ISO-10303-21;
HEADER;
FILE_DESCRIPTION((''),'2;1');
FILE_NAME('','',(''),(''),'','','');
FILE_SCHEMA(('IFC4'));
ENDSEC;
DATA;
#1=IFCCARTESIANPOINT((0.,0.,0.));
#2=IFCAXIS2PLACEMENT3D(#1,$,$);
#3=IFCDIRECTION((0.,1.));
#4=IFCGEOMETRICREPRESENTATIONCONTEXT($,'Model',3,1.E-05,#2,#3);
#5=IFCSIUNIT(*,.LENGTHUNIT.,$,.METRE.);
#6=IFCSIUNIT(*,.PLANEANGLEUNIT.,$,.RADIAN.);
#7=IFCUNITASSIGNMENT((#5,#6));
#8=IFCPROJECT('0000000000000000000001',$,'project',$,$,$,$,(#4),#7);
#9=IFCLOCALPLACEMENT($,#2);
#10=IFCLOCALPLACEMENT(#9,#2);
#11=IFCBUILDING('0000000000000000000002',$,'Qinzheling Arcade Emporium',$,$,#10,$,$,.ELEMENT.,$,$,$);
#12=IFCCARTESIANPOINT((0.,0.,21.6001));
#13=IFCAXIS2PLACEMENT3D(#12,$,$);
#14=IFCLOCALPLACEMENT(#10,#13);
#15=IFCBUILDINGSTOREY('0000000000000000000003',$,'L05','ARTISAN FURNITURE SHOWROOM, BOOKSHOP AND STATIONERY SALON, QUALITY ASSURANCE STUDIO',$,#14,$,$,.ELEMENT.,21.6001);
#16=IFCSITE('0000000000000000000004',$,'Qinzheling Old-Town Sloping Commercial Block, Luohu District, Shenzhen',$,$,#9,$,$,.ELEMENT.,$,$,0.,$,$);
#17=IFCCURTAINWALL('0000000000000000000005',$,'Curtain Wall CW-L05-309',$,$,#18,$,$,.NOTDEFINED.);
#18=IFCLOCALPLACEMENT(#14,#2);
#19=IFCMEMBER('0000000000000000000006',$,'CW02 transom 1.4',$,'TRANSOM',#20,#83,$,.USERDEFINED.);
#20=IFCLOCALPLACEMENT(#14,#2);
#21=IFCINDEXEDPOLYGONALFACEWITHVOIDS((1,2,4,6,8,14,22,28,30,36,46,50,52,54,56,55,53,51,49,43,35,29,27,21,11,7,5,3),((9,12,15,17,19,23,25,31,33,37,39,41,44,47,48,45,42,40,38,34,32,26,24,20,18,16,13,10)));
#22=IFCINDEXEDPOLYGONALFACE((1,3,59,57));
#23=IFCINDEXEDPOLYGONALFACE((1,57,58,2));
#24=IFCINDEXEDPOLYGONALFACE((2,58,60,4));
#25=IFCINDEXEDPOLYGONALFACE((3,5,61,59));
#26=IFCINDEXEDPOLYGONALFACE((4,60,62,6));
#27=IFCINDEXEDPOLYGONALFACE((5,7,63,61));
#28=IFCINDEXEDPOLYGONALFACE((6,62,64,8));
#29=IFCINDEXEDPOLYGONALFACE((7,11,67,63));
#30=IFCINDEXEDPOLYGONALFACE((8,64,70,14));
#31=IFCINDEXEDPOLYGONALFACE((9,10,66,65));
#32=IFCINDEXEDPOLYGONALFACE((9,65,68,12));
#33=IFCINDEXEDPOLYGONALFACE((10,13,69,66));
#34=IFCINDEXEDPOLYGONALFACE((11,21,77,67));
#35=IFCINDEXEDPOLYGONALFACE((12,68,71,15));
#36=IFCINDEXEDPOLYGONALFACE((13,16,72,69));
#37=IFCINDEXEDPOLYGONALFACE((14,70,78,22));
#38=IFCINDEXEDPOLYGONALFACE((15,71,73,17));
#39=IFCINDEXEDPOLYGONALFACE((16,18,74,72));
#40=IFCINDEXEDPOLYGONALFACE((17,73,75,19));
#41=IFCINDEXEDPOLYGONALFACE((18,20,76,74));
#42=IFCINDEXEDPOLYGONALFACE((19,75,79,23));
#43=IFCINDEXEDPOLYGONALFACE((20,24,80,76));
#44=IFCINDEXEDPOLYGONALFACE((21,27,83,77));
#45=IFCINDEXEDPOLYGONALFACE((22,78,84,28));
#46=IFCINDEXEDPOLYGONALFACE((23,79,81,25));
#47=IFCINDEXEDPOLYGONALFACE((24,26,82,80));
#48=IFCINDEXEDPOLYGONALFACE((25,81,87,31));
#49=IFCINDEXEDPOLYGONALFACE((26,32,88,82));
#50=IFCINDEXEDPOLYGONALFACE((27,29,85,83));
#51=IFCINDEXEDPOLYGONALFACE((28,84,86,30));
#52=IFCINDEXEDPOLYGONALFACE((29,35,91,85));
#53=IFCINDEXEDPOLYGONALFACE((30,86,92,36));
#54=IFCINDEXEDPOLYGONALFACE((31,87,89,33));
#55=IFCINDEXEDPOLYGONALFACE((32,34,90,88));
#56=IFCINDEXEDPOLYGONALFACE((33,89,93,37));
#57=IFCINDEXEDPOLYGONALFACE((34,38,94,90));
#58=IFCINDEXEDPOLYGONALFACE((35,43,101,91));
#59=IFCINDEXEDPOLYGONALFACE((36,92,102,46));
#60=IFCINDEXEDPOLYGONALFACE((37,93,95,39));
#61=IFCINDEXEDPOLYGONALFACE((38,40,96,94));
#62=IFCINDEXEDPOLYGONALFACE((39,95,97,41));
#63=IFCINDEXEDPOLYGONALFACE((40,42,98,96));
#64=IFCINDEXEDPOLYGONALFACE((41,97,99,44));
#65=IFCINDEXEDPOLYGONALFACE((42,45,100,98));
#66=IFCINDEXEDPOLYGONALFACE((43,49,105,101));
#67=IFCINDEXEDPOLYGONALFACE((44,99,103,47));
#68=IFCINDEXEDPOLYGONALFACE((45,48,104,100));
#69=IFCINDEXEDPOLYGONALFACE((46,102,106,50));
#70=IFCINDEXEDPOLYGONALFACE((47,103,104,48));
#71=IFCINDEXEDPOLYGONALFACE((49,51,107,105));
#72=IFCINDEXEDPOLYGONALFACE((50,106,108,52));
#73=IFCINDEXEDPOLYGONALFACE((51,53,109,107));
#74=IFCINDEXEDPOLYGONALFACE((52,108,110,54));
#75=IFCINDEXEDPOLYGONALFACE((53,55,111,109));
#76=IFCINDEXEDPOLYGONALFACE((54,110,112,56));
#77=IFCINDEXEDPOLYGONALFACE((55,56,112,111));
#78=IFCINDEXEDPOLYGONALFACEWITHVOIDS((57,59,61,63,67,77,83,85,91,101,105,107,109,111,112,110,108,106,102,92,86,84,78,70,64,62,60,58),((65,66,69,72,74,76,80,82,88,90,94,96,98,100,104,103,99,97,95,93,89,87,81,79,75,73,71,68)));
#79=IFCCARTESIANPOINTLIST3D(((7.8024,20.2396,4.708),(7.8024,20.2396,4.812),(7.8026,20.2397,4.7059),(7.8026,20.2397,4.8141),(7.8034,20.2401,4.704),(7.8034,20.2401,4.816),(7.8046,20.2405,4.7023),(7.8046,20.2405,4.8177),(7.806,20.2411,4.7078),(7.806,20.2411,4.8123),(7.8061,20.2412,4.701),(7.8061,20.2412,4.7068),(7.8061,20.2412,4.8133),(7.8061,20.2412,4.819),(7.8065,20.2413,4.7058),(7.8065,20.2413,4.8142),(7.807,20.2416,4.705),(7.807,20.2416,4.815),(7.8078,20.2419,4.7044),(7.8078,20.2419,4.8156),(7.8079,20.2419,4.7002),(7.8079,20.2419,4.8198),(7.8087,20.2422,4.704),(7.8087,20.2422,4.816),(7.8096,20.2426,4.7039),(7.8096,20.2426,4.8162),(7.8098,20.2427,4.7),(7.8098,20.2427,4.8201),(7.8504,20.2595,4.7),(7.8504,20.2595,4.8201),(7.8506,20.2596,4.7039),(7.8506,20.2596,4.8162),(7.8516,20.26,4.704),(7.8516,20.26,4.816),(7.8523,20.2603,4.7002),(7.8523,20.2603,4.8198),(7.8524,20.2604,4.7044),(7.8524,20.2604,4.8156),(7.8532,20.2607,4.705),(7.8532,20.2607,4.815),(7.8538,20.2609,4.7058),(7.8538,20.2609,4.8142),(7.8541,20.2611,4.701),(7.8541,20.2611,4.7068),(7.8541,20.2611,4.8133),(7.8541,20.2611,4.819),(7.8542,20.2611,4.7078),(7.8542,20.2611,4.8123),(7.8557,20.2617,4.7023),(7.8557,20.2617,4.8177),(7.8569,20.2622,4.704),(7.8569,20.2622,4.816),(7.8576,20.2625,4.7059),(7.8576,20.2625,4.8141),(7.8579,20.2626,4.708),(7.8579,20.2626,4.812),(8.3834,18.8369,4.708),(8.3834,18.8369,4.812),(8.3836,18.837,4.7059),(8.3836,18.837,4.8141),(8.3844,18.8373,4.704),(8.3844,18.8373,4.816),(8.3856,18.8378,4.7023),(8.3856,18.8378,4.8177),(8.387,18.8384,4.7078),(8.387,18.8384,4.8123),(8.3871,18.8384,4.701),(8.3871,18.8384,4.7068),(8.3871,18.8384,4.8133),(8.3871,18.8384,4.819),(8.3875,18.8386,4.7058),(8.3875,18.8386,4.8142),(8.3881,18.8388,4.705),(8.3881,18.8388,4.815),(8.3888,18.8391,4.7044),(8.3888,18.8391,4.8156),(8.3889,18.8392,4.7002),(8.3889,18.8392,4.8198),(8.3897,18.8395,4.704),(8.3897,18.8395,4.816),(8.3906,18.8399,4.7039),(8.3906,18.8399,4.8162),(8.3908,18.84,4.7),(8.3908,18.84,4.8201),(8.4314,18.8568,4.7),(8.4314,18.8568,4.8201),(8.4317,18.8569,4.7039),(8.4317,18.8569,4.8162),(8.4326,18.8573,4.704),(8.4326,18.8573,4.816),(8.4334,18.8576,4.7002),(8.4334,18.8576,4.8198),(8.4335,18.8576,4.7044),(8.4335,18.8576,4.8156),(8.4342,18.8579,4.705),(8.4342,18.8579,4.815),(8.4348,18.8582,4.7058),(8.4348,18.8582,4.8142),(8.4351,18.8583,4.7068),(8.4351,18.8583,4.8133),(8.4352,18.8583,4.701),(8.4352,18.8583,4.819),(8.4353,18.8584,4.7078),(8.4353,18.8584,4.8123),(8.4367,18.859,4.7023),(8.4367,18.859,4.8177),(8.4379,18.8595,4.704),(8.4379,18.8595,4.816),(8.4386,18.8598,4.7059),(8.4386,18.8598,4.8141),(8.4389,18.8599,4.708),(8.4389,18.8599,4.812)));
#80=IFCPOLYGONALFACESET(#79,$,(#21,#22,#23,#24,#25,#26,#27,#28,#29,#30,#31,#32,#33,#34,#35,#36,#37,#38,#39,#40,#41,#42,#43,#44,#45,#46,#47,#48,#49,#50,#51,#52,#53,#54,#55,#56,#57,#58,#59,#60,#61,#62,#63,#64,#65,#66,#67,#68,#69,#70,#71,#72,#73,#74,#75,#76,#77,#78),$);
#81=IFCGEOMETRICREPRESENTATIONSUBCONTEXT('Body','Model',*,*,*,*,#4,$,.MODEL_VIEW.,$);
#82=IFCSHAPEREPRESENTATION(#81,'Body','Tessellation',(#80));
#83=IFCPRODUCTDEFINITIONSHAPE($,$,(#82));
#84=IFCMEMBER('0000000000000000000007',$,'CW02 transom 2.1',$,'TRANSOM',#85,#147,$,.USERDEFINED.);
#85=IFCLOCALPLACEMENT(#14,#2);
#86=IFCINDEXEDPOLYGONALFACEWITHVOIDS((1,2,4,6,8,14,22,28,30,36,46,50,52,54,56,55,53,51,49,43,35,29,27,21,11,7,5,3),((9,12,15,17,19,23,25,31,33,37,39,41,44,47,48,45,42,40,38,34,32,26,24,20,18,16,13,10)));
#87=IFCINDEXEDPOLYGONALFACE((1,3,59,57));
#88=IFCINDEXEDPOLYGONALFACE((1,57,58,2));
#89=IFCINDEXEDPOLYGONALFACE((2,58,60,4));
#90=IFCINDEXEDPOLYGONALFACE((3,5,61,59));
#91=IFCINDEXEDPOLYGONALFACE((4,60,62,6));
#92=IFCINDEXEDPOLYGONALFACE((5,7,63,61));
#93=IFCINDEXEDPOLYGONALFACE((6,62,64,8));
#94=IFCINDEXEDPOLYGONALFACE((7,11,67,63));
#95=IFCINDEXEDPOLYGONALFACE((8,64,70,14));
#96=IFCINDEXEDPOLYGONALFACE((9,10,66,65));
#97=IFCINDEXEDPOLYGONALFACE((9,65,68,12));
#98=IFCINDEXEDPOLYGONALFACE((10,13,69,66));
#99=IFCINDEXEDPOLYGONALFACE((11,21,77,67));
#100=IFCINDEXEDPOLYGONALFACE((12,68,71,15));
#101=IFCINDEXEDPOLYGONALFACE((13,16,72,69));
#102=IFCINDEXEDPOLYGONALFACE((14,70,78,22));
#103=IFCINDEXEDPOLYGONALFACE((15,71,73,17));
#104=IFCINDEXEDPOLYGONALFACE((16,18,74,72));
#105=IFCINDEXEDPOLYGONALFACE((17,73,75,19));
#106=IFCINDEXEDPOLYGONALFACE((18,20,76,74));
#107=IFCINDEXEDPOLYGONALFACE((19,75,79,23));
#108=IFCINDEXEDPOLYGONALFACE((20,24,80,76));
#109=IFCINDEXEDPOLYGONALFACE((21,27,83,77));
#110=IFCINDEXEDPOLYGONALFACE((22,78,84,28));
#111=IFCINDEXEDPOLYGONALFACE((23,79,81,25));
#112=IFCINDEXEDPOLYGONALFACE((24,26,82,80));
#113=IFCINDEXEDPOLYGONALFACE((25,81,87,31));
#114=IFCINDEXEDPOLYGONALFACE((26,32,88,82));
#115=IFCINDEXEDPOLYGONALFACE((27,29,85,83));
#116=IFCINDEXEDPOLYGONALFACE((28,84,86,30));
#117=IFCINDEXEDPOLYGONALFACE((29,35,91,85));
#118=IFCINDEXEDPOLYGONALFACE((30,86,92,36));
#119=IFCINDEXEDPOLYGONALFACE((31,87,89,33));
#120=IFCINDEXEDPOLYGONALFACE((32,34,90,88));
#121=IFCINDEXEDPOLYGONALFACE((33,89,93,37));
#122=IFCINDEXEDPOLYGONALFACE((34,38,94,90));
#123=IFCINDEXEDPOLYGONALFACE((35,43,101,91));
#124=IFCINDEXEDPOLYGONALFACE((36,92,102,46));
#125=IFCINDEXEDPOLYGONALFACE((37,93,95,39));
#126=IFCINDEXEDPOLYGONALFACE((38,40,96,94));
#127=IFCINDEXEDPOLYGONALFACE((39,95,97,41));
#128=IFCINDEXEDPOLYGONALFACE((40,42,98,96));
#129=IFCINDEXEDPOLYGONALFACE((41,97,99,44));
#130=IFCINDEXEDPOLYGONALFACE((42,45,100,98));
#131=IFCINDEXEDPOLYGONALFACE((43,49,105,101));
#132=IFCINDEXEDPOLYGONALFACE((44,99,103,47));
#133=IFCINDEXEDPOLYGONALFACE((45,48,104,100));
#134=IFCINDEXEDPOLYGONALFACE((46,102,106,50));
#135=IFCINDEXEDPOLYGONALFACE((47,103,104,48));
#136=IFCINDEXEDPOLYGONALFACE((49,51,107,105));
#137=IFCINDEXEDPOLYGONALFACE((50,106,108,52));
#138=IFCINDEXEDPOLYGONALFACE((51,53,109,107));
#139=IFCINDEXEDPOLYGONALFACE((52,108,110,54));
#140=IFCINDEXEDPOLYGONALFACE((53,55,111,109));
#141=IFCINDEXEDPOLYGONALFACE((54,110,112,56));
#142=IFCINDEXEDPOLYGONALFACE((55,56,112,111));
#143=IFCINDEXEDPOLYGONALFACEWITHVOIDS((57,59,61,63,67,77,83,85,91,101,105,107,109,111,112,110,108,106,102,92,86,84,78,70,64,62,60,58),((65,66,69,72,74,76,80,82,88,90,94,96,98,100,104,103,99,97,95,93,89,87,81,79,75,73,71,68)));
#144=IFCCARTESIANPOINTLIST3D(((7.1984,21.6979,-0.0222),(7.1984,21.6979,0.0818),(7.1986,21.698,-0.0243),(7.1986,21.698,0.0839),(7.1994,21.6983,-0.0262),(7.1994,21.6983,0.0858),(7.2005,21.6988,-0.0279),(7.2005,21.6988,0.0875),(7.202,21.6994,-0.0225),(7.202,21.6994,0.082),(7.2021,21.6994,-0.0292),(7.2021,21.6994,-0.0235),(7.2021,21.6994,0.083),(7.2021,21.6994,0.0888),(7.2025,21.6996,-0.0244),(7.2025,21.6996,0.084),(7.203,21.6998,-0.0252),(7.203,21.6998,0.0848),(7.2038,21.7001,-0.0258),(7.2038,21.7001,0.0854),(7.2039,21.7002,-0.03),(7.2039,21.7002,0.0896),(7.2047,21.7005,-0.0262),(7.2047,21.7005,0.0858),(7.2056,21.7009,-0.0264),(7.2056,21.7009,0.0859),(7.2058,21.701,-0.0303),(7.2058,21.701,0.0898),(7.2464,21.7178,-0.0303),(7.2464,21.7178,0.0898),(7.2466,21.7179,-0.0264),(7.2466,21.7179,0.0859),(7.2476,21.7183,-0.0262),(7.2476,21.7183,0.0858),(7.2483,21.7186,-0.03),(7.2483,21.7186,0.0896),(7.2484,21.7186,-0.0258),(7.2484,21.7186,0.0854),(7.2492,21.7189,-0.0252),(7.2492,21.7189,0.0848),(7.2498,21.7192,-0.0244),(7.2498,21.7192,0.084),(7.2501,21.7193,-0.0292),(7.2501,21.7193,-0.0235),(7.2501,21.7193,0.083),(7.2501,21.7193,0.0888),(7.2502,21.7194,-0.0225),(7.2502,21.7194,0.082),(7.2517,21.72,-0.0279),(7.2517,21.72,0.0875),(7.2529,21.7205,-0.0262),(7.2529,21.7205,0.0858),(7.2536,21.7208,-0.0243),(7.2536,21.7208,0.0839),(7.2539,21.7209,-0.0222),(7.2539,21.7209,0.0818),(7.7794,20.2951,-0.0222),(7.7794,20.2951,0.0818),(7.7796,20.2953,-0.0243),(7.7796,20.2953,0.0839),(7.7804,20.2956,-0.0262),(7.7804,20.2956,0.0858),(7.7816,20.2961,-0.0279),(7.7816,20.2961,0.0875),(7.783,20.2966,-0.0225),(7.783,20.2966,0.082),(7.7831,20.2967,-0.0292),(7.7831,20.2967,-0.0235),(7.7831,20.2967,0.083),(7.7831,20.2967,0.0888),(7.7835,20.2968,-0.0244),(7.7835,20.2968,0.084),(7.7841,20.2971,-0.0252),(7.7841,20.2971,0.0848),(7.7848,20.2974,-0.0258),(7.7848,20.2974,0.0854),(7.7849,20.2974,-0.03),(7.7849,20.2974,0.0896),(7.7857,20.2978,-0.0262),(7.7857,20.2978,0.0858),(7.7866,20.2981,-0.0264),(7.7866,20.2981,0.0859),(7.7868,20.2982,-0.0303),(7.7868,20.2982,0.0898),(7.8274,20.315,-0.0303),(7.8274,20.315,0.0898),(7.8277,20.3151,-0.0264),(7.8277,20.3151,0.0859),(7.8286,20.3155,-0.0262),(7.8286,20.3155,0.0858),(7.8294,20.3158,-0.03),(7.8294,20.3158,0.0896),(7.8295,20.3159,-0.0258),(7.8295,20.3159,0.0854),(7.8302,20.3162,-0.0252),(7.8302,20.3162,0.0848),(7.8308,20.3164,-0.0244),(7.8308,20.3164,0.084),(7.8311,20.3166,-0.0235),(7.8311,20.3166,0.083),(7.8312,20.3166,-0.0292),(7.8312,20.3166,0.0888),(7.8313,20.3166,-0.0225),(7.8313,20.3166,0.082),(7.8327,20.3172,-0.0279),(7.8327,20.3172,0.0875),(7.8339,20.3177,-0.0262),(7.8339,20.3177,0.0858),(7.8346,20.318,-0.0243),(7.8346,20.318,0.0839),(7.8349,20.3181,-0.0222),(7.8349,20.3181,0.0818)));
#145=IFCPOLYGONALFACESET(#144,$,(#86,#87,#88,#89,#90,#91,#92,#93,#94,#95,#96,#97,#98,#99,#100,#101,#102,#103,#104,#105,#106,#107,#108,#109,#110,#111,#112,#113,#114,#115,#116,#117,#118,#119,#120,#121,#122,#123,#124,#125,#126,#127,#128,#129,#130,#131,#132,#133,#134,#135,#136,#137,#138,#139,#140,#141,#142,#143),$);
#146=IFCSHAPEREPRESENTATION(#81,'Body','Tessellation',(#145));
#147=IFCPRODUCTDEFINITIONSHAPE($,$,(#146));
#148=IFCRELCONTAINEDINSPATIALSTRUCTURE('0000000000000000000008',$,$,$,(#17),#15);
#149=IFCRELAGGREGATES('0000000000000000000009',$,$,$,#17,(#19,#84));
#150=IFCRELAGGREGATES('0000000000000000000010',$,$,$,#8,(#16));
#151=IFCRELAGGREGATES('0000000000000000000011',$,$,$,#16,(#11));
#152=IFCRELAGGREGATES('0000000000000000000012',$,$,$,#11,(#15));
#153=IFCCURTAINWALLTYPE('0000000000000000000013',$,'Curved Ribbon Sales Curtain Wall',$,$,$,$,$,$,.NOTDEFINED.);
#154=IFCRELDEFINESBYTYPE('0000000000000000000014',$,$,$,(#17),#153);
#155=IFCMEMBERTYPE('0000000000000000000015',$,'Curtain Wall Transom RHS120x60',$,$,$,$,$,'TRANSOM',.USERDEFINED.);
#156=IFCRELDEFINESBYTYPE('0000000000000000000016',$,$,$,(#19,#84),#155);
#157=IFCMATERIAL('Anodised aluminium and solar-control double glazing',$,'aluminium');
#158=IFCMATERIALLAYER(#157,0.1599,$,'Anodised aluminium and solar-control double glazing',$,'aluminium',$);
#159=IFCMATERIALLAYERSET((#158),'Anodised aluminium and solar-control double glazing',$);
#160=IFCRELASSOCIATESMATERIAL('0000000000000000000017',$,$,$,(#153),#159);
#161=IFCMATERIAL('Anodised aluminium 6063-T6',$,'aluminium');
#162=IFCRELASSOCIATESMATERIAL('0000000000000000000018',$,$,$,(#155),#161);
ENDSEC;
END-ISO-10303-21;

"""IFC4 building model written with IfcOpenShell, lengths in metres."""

from ifc_helpers import new_model, si_unit, direction, frame, origin, origin_2d, place, context, subcontext, project, spatial, hollow_rectangle, extrude, material, layer, layer_set, material_profile, profile_set, type_object, element, aggregate, save


model = new_model("IFC4")

# Units and contexts
model_context = context("Model", 3, precision=1e-05, world=origin(), true_north=direction((0.0, 1.0)))
body_context = subcontext(model_context, "Body", "Model", "MODEL_VIEW")
ifc_project = project(units=[si_unit("LENGTHUNIT", "METRE"), si_unit("PLANEANGLEUNIT", "RADIAN")], contexts=[model_context])

# Site, building, storey
site_placement = place(None, origin())
site = spatial("IfcSite", under=ifc_project, at=site_placement, Name="Qinzheling Old-Town Sloping Commercial Block, Luohu District, Shenzhen", CompositionType="ELEMENT", RefElevation=0.0)
building_placement = place(site_placement, origin())
building = spatial("IfcBuilding", under=site, at=building_placement, Name="Qinzheling Arcade Emporium", CompositionType="ELEMENT")
storey_placement = place(building_placement, frame((0.0, 0.0, 21.6001)))
storey = spatial("IfcBuildingStorey", under=building, at=storey_placement, Name="L05", Description="ARTISAN FURNITURE SHOWROOM, BOOKSHOP AND STATIONERY SALON, QUALITY ASSURANCE STUDIO", CompositionType="ELEMENT", Elevation=21.6001)

# Curtain wall
ifc_material_1 = material(Name="Anodised aluminium and solar-control double glazing", Category="aluminium")
ifc_layer_1 = layer(ifc_material_1, 0.1599, Name="Anodised aluminium and solar-control double glazing", Category="aluminium")
ifc_layer_set_1 = layer_set([ifc_layer_1], Name="Anodised aluminium and solar-control double glazing")
curtain_wall_type = type_object("IfcCurtainWallType", Name="Curved Ribbon Sales Curtain Wall", PredefinedType="NOTDEFINED", material=ifc_layer_set_1)
curtain_wall_1_placement = place(storey_placement, origin())
curtain_wall_1 = element("IfcCurtainWall", 1, at=curtain_wall_1_placement, inside=storey, type_object=curtain_wall_type, Name="Curtain Wall CW-L05-309", PredefinedType="NOTDEFINED")
ifc_material_2 = material(Name="Anodised aluminium 6063-T6", Category="aluminium")

# Members
ifc_material_profile_1 = material_profile(ifc_material_2, hollow_rectangle(XDim=0.0601, YDim=0.1201, WallThickness=0.0039, InnerFilletRadius=0.0039, OuterFilletRadius=0.0081, at=origin_2d()), Name="RHS 120x60x4", Category="aluminium")
ifc_profile_set_1 = profile_set([ifc_material_profile_1], Name="Anodised aluminium 6063-T6")
member_type_1 = type_object("IfcMemberType", Name="Curtain Wall Transom RHS120x60", ElementType="TRANSOM", PredefinedType="USERDEFINED", material=ifc_profile_set_1)
member_1_placement = place(storey_placement, frame((8.4111, 18.8484, 4.76), z_axis=(-0.382674, 0.923884, 0.0), x_axis=(-0.923884, -0.382674, 0.0)))
member_1 = element("IfcMember", 2, at=member_1_placement, type_object=member_type_1, Name="CW02 transom 1.4", ObjectType="TRANSOM", PredefinedType="USERDEFINED", context=body_context, shape_type="SweptSolid", body=[
    extrude(hollow_rectangle(XDim=0.0601, YDim=0.1201, WallThickness=0.0039, InnerFilletRadius=0.0039, OuterFilletRadius=0.0081, at=origin_2d()), origin(), (0.0, 0.0, 1.0), 1.5183),
])
member_2_placement = place(storey_placement, frame((7.8071, 20.3066, 0.0298), z_axis=(-0.382674, 0.923884, 0.0), x_axis=(-0.923884, -0.382674, 0.0)))
member_2 = element("IfcMember", 3, at=member_2_placement, type_object=member_type_1, Name="CW02 transom 2.1", ObjectType="TRANSOM", PredefinedType="USERDEFINED", context=body_context, shape_type="SweptSolid", body=[
    extrude(hollow_rectangle(XDim=0.0601, YDim=0.1201, WallThickness=0.0039, InnerFilletRadius=0.0039, OuterFilletRadius=0.0081, at=origin_2d()), origin(), (0.0, 0.0, 1.0), 1.5183),
])

aggregate(curtain_wall_1, [member_1, member_2])

save(model, "model.ifc")
